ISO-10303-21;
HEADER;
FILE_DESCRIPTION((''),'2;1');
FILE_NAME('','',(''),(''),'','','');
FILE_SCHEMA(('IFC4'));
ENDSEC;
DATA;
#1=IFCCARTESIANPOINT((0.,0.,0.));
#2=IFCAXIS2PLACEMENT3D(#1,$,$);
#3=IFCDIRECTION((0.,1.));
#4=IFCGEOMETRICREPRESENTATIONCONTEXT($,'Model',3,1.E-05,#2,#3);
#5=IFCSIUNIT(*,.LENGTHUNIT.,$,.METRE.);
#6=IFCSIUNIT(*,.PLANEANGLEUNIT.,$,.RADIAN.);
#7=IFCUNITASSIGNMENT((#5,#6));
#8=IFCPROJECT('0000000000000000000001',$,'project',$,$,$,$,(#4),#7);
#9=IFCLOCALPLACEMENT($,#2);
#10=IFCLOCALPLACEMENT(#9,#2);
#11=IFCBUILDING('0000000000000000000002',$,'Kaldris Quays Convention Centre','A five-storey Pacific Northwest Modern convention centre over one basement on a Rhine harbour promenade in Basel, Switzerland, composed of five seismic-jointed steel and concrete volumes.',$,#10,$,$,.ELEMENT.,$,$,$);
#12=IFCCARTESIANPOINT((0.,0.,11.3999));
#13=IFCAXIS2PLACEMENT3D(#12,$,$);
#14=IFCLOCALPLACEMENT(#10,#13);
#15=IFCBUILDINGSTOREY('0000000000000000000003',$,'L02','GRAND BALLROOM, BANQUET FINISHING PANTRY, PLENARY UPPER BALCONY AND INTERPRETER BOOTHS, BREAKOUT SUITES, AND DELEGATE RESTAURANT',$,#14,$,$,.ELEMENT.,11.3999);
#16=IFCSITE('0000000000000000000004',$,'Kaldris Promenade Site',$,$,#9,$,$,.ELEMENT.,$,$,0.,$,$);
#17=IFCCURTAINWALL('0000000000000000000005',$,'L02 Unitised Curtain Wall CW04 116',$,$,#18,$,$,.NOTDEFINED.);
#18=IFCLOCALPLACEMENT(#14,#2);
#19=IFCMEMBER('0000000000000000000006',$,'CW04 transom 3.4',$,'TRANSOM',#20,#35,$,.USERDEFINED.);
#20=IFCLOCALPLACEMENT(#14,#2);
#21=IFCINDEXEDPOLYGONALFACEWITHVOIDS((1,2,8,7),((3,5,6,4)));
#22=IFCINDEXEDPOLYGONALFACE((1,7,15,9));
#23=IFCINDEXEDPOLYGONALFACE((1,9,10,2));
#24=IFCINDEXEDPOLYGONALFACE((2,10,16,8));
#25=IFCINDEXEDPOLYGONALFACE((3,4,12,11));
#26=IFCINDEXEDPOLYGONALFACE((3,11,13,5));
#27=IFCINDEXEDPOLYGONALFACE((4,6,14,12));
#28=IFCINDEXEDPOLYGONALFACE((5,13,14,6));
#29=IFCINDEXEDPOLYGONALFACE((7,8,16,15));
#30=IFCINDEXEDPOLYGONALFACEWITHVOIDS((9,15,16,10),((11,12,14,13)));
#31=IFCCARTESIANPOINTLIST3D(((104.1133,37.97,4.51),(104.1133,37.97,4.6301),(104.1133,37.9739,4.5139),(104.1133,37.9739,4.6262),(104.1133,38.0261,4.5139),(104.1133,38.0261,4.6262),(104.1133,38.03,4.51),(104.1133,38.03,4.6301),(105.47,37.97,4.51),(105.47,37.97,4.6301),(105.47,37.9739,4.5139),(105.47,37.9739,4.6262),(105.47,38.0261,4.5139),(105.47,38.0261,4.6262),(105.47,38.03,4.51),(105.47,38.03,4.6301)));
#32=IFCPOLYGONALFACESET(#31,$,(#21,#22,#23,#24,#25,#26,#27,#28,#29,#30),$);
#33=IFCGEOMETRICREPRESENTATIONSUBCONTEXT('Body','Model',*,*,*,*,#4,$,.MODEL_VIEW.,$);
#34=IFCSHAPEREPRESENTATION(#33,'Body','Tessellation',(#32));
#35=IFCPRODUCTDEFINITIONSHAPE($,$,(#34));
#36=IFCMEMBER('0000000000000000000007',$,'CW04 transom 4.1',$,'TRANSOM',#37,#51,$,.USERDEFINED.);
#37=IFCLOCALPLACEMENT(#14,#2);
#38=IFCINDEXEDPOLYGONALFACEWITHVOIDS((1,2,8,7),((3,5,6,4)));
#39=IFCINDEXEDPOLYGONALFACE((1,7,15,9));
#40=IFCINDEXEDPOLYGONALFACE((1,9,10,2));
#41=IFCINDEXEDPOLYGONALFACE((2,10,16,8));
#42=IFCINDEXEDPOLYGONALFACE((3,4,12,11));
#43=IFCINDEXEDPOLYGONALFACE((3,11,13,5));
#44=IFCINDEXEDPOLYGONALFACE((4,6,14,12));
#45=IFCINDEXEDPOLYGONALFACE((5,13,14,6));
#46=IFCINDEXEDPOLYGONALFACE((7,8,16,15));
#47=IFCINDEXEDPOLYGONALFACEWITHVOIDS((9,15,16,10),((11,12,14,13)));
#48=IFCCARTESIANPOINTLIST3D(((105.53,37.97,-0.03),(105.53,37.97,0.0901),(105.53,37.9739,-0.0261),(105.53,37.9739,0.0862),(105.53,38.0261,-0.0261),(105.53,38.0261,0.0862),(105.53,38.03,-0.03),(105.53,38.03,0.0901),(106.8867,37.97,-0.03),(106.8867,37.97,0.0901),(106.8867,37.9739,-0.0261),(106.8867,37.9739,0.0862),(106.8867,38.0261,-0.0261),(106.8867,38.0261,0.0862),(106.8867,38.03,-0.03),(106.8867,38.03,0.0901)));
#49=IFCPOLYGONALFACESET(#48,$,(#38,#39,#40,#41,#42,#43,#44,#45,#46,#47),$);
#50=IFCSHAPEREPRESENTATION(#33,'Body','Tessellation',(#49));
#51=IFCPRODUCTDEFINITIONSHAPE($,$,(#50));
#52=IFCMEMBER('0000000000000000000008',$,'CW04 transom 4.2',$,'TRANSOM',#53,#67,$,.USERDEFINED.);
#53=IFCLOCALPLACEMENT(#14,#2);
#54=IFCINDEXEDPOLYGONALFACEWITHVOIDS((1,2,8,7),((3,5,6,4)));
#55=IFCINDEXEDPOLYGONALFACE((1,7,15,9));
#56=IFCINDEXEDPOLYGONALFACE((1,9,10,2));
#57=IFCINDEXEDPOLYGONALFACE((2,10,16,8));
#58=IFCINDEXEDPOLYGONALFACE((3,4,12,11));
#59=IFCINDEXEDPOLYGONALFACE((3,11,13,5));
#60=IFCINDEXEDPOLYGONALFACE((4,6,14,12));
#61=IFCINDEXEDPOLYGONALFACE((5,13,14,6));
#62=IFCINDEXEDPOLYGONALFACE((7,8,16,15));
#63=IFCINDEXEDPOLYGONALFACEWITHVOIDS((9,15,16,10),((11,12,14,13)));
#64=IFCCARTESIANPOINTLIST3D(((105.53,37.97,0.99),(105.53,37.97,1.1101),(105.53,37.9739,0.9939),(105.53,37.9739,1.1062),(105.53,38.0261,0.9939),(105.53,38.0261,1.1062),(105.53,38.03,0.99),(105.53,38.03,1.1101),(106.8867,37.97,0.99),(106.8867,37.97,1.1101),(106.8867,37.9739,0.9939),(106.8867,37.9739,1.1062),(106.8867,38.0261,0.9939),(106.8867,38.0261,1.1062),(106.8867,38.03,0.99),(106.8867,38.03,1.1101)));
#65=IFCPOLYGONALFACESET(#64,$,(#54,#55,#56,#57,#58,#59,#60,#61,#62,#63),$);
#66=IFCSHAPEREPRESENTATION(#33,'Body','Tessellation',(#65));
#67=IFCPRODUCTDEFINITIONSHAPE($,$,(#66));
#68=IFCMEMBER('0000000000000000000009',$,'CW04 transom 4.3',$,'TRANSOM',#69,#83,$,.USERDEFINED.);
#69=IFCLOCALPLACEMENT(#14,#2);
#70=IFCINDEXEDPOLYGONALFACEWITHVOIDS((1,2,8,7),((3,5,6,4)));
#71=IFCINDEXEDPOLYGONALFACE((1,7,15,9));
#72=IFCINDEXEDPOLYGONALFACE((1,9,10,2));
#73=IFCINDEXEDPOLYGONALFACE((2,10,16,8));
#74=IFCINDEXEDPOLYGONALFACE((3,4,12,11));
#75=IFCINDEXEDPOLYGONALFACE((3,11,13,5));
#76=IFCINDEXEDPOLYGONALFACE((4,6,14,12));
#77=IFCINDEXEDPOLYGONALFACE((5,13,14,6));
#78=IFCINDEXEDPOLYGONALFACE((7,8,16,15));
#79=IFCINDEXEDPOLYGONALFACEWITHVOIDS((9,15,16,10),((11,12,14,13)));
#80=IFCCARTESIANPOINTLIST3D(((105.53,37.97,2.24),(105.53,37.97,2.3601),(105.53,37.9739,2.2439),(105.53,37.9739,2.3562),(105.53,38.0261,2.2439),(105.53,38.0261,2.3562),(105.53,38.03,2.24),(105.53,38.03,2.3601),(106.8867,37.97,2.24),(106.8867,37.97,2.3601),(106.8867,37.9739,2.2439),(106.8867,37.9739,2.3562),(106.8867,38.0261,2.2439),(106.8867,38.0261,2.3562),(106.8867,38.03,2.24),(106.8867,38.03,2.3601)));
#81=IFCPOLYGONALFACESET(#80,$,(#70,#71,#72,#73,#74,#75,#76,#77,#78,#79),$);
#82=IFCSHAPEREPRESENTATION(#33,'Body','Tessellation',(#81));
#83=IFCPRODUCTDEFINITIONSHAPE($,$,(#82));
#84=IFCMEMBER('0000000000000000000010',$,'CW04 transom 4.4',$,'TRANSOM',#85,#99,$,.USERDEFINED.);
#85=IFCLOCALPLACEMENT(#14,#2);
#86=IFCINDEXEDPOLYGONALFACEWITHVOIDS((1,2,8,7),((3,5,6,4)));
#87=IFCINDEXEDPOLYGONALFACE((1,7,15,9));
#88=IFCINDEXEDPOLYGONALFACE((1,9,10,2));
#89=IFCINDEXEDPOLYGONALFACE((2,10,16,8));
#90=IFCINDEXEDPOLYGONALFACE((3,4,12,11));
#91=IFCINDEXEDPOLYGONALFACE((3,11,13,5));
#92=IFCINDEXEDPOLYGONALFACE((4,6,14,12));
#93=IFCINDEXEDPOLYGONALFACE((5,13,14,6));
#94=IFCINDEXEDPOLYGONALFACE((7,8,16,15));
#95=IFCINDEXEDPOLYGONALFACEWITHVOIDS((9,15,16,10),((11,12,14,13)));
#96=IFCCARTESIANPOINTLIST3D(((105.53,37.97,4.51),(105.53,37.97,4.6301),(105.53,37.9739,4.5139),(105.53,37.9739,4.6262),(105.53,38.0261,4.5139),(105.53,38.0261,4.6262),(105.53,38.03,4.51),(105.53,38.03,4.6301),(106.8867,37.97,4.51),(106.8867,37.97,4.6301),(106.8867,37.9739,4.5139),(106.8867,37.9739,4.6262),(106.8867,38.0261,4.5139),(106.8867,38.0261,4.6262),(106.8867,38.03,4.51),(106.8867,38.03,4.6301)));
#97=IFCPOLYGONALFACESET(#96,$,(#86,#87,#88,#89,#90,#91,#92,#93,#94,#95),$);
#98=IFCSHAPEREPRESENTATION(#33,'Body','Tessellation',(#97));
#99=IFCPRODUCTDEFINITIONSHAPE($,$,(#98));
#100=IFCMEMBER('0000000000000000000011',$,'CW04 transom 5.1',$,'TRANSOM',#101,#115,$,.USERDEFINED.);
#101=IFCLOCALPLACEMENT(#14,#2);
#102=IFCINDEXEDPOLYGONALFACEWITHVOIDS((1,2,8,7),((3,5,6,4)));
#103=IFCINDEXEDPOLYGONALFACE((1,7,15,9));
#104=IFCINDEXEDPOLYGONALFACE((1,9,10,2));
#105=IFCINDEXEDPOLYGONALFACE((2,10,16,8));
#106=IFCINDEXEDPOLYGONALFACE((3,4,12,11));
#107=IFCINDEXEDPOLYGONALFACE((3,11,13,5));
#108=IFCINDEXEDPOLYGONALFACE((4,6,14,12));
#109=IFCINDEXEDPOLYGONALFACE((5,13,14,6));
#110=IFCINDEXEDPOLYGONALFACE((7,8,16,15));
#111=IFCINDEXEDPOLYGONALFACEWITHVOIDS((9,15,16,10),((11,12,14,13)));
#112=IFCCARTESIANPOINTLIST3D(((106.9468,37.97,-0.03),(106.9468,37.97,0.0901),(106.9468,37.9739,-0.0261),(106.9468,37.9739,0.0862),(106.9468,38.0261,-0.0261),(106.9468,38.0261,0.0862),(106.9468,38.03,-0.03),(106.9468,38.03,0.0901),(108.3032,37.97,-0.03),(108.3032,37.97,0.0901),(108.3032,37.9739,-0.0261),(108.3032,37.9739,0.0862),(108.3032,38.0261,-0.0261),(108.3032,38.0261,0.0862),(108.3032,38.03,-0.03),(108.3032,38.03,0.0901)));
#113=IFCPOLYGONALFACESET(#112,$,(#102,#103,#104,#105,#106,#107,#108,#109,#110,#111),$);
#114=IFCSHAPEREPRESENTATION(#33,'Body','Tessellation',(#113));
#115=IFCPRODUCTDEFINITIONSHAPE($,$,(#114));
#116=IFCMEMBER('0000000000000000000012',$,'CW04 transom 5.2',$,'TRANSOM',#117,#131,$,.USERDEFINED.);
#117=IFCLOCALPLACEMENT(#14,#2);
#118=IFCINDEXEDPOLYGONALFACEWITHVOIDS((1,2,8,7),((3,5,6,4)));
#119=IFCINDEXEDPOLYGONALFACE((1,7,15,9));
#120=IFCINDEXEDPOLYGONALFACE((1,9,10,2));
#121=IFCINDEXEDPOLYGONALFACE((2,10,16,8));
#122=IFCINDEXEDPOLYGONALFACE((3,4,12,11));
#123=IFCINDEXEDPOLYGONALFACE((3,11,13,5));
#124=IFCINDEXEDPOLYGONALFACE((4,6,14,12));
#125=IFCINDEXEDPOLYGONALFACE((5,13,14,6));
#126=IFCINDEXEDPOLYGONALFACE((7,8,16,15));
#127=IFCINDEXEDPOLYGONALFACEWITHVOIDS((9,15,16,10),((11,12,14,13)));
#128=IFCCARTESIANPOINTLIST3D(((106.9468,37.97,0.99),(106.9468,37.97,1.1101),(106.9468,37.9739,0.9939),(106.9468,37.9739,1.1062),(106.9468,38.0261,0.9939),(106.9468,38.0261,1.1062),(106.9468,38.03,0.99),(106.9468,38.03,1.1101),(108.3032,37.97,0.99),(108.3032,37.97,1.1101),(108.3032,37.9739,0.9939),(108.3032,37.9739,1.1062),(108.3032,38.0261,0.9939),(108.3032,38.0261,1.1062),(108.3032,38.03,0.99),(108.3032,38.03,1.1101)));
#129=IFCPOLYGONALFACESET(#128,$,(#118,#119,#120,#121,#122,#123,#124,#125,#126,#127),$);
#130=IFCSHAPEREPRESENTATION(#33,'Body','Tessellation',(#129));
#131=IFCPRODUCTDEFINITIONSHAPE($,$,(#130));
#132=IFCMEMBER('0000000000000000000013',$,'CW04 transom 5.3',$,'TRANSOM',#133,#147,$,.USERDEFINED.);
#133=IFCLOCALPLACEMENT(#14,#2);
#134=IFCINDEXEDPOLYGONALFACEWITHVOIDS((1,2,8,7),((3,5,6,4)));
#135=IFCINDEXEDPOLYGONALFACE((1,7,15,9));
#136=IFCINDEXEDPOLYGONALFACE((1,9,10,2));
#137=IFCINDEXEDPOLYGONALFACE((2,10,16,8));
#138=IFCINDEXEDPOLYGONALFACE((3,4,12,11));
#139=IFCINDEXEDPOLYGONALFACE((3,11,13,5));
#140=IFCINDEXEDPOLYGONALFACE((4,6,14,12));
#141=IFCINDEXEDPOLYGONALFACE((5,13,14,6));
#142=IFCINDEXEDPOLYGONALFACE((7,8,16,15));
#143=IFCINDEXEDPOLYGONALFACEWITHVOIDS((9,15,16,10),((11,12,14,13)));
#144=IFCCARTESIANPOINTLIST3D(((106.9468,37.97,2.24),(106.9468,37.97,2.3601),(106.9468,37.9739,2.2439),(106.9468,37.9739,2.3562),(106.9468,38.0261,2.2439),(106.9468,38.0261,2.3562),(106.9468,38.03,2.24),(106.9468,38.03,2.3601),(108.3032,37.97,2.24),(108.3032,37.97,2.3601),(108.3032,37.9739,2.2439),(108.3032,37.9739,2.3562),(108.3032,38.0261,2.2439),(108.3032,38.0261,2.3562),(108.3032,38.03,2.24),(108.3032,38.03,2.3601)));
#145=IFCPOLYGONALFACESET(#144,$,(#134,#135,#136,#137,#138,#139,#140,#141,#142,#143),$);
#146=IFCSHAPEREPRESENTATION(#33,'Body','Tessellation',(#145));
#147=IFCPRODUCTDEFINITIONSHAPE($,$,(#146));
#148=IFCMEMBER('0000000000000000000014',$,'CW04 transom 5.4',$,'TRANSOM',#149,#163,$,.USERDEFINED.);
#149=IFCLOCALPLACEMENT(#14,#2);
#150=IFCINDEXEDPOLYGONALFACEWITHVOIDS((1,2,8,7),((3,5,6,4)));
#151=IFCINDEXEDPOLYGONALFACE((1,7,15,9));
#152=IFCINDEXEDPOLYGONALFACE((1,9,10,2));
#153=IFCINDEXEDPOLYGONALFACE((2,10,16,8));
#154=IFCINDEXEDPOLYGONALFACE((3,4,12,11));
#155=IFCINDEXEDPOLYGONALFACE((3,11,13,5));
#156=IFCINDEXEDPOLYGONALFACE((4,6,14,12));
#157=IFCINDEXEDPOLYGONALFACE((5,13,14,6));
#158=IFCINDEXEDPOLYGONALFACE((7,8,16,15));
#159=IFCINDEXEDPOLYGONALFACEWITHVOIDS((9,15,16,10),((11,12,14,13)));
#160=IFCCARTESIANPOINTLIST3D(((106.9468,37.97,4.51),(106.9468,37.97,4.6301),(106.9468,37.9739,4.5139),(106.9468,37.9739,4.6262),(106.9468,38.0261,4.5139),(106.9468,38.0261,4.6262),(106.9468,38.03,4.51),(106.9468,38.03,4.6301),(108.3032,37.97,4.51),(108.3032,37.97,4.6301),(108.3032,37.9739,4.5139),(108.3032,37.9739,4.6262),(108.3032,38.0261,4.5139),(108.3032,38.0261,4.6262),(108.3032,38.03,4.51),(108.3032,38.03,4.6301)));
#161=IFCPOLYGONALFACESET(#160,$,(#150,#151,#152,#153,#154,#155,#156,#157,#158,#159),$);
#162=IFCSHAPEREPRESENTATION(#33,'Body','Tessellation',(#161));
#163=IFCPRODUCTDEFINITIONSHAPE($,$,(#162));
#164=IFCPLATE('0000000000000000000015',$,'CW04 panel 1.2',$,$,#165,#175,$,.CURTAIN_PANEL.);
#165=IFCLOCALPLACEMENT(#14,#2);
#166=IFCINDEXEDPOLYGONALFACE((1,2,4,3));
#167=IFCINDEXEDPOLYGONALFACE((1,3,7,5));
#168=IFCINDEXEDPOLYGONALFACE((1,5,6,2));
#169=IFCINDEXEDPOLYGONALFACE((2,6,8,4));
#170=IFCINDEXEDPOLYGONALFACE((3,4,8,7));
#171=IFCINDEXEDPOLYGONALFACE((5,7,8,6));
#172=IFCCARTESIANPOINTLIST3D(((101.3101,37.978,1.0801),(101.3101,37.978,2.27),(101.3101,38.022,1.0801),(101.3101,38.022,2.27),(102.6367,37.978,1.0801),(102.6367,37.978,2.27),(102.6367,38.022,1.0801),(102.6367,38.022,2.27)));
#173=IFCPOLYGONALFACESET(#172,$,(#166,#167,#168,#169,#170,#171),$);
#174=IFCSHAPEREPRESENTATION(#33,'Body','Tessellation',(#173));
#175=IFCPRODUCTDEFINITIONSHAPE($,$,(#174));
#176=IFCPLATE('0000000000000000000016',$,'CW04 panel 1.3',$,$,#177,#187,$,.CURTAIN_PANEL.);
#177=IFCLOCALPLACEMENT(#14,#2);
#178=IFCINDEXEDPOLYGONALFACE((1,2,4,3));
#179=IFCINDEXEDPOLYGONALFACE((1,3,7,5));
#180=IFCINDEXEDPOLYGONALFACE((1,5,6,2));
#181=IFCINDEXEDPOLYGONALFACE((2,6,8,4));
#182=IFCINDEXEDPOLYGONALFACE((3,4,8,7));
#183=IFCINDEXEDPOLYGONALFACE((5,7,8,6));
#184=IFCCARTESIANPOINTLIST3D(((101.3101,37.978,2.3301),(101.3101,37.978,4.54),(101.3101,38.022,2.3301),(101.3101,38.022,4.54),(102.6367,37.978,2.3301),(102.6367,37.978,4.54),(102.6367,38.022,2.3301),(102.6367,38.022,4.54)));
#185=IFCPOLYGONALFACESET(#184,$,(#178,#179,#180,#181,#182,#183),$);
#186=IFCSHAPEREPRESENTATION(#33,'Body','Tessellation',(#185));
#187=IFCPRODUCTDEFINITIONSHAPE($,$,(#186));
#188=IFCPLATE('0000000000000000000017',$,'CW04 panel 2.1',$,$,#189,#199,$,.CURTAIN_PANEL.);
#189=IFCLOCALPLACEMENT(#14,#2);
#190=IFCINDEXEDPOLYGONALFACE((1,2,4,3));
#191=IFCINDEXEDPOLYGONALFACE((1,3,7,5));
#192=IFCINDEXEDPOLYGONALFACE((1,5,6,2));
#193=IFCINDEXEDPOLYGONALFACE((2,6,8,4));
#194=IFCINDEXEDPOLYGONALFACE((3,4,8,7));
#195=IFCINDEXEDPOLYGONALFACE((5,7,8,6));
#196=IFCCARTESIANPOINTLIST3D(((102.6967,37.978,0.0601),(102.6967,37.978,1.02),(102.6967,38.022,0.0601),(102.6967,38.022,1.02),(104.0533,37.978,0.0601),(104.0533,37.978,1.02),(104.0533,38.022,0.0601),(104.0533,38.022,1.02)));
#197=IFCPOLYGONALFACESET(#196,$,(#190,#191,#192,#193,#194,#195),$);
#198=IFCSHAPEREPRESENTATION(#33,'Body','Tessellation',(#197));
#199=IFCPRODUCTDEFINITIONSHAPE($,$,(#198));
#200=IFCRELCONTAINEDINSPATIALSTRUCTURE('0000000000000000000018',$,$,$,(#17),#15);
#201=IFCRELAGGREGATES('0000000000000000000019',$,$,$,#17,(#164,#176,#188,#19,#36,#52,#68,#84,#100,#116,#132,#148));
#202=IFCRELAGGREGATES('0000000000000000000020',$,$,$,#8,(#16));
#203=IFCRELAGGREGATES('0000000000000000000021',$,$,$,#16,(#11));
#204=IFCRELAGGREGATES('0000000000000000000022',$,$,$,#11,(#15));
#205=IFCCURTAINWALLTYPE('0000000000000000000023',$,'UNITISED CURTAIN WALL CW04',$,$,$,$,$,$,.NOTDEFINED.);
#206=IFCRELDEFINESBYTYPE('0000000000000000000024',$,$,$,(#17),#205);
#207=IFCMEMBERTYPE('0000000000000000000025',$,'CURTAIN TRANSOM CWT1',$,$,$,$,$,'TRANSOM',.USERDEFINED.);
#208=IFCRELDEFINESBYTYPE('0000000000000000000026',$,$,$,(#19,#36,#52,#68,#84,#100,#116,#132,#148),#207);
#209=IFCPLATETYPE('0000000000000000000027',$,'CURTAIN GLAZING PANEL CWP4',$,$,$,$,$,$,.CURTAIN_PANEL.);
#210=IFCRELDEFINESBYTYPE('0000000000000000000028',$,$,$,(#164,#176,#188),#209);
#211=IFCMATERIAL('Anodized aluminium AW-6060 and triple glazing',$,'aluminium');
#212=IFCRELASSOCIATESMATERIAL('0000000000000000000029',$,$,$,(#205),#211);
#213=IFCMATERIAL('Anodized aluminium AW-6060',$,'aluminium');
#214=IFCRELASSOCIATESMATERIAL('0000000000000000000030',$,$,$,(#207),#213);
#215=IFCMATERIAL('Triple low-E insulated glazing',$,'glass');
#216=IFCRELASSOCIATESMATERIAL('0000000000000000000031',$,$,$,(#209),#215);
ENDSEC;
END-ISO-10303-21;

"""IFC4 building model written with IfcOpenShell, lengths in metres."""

from ifc_helpers import new_model, si_unit, direction, frame, origin, origin_2d, place, context, subcontext, project, spatial, rectangle, hollow_rectangle, extrude, material, material_profile, profile_set, type_object, element, aggregate, save


model = new_model("IFC4")

# Units and contexts
model_context = context("Model", 3, precision=1e-05, world=origin(), true_north=direction((0.0, 1.0)))
body_context = subcontext(model_context, "Body", "Model", "MODEL_VIEW")
ifc_project = project(units=[si_unit("LENGTHUNIT", "METRE"), si_unit("PLANEANGLEUNIT", "RADIAN")], contexts=[model_context])

# Site, building, storey
site_placement = place(None, origin())
site = spatial("IfcSite", under=ifc_project, at=site_placement, Name="Kaldris Promenade Site", CompositionType="ELEMENT", RefElevation=0.0)
building_placement = place(site_placement, origin())
building = spatial("IfcBuilding", under=site, at=building_placement, Name="Kaldris Quays Convention Centre", Description="A five-storey Pacific Northwest Modern convention centre over one basement on a Rhine harbour promenade in Basel, Switzerland, composed of five seismic-jointed steel and concrete volumes.", CompositionType="ELEMENT")
storey_placement = place(building_placement, frame((0.0, 0.0, 11.3999)))
storey = spatial("IfcBuildingStorey", under=building, at=storey_placement, Name="L02", Description="GRAND BALLROOM, BANQUET FINISHING PANTRY, PLENARY UPPER BALCONY AND INTERPRETER BOOTHS, BREAKOUT SUITES, AND DELEGATE RESTAURANT", CompositionType="ELEMENT", Elevation=11.3999)

# Curtain wall, members, plates
ifc_material_1 = material(Name="Anodized aluminium AW-6060 and triple glazing", Category="aluminium")
curtain_wall_type = type_object("IfcCurtainWallType", Name="UNITISED CURTAIN WALL CW04", PredefinedType="NOTDEFINED", material=ifc_material_1)
curtain_wall_placement = place(storey_placement, origin())
curtain_wall = element("IfcCurtainWall", 1, at=curtain_wall_placement, inside=storey, type_object=curtain_wall_type, Name="L02 Unitised Curtain Wall CW04 116", PredefinedType="NOTDEFINED")
ifc_material_2 = material(Name="Anodized aluminium AW-6060", Category="aluminium")
ifc_material_profile_1 = material_profile(ifc_material_2, hollow_rectangle(XDim=0.0601, YDim=0.1201, WallThickness=0.0039, at=origin_2d()), Name="RHS 120x60x4")
ifc_profile_set_1 = profile_set([ifc_material_profile_1], Name="Anodized aluminium AW-6060")
member_type_1 = type_object("IfcMemberType", Name="CURTAIN TRANSOM CWT1", ElementType="TRANSOM", PredefinedType="USERDEFINED", material=ifc_profile_set_1)
member_1_placement = place(storey_placement, frame((104.1133, 38.0, 4.5701), z_axis=(1.0, 0.0, 0.0), x_axis=(0.0, 1.0, 0.0)))
member_1 = element("IfcMember", 2, at=member_1_placement, type_object=member_type_1, Name="CW04 transom 3.4", ObjectType="TRANSOM", PredefinedType="USERDEFINED", context=body_context, shape_type="SweptSolid", body=[
    extrude(hollow_rectangle(XDim=0.0601, YDim=0.1201, WallThickness=0.0039, at=origin_2d()), origin(), (0.0, 0.0, 1.0), 1.3567),
])
member_2_placement = place(storey_placement, frame((105.53, 38.0, 0.03), z_axis=(1.0, 0.0, 0.0), x_axis=(0.0, 1.0, 0.0)))
member_2 = element("IfcMember", 3, at=member_2_placement, type_object=member_type_1, Name="CW04 transom 4.1", ObjectType="TRANSOM", PredefinedType="USERDEFINED", context=body_context, shape_type="SweptSolid", body=[
    extrude(hollow_rectangle(XDim=0.0601, YDim=0.1201, WallThickness=0.0039, at=origin_2d()), origin(), (0.0, 0.0, 1.0), 1.3567),
])
member_3_placement = place(storey_placement, frame((105.53, 38.0, 1.05), z_axis=(1.0, 0.0, 0.0), x_axis=(0.0, 1.0, 0.0)))
member_3 = element("IfcMember", 4, at=member_3_placement, type_object=member_type_1, Name="CW04 transom 4.2", ObjectType="TRANSOM", PredefinedType="USERDEFINED", context=body_context, shape_type="SweptSolid", body=[
    extrude(hollow_rectangle(XDim=0.0601, YDim=0.1201, WallThickness=0.0039, at=origin_2d()), origin(), (0.0, 0.0, 1.0), 1.3567),
])
member_4_placement = place(storey_placement, frame((105.53, 38.0, 2.3), z_axis=(1.0, 0.0, 0.0), x_axis=(0.0, 1.0, 0.0)))
member_4 = element("IfcMember", 5, at=member_4_placement, type_object=member_type_1, Name="CW04 transom 4.3", ObjectType="TRANSOM", PredefinedType="USERDEFINED", context=body_context, shape_type="SweptSolid", body=[
    extrude(hollow_rectangle(XDim=0.0601, YDim=0.1201, WallThickness=0.0039, at=origin_2d()), origin(), (0.0, 0.0, 1.0), 1.3567),
])
member_5_placement = place(storey_placement, frame((105.53, 38.0, 4.5701), z_axis=(1.0, 0.0, 0.0), x_axis=(0.0, 1.0, 0.0)))
member_5 = element("IfcMember", 6, at=member_5_placement, type_object=member_type_1, Name="CW04 transom 4.4", ObjectType="TRANSOM", PredefinedType="USERDEFINED", context=body_context, shape_type="SweptSolid", body=[
    extrude(hollow_rectangle(XDim=0.0601, YDim=0.1201, WallThickness=0.0039, at=origin_2d()), origin(), (0.0, 0.0, 1.0), 1.3567),
])
member_6_placement = place(storey_placement, frame((106.9468, 38.0, 0.03), z_axis=(1.0, 0.0, 0.0), x_axis=(0.0, 1.0, 0.0)))
member_6 = element("IfcMember", 7, at=member_6_placement, type_object=member_type_1, Name="CW04 transom 5.1", ObjectType="TRANSOM", PredefinedType="USERDEFINED", context=body_context, shape_type="SweptSolid", body=[
    extrude(hollow_rectangle(XDim=0.0601, YDim=0.1201, WallThickness=0.0039, at=origin_2d()), origin(), (0.0, 0.0, 1.0), 1.3564),
])
member_7_placement = place(storey_placement, frame((106.9468, 38.0, 1.05), z_axis=(1.0, 0.0, 0.0), x_axis=(0.0, 1.0, 0.0)))
member_7 = element("IfcMember", 8, at=member_7_placement, type_object=member_type_1, Name="CW04 transom 5.2", ObjectType="TRANSOM", PredefinedType="USERDEFINED", context=body_context, shape_type="SweptSolid", body=[
    extrude(hollow_rectangle(XDim=0.0601, YDim=0.1201, WallThickness=0.0039, at=origin_2d()), origin(), (0.0, 0.0, 1.0), 1.3564),
])
member_8_placement = place(storey_placement, frame((106.9468, 38.0, 2.3), z_axis=(1.0, 0.0, 0.0), x_axis=(0.0, 1.0, 0.0)))
member_8 = element("IfcMember", 9, at=member_8_placement, type_object=member_type_1, Name="CW04 transom 5.3", ObjectType="TRANSOM", PredefinedType="USERDEFINED", context=body_context, shape_type="SweptSolid", body=[
    extrude(hollow_rectangle(XDim=0.0601, YDim=0.1201, WallThickness=0.0039, at=origin_2d()), origin(), (0.0, 0.0, 1.0), 1.3564),
])
member_9_placement = place(storey_placement, frame((106.9468, 38.0, 4.5701), z_axis=(1.0, 0.0, 0.0), x_axis=(0.0, 1.0, 0.0)))
member_9 = element("IfcMember", 10, at=member_9_placement, type_object=member_type_1, Name="CW04 transom 5.4", ObjectType="TRANSOM", PredefinedType="USERDEFINED", context=body_context, shape_type="SweptSolid", body=[
    extrude(hollow_rectangle(XDim=0.0601, YDim=0.1201, WallThickness=0.0039, at=origin_2d()), origin(), (0.0, 0.0, 1.0), 1.3564),
])
ifc_material_3 = material(Name="Triple low-E insulated glazing", Category="glass")
plate_type = type_object("IfcPlateType", Name="CURTAIN GLAZING PANEL CWP4", PredefinedType="CURTAIN_PANEL", material=ifc_material_3)
plate_1_placement = place(storey_placement, frame((101.9734, 38.0, 1.0801), z_axis=(0.0, 0.0, 1.0), x_axis=(1.0, 0.0, 0.0)))
plate_1 = element("IfcPlate", 11, at=plate_1_placement, type_object=plate_type, Name="CW04 panel 1.2", PredefinedType="CURTAIN_PANEL", context=body_context, shape_type="SweptSolid", body=[
    extrude(rectangle(XDim=1.3267, YDim=0.0439, at=origin_2d()), origin(), (0.0, 0.0, 1.0), 1.1899),
])
plate_2_placement = place(storey_placement, frame((101.9734, 38.0, 2.3301), z_axis=(0.0, 0.0, 1.0), x_axis=(1.0, 0.0, 0.0)))
plate_2 = element("IfcPlate", 12, at=plate_2_placement, type_object=plate_type, Name="CW04 panel 1.3", PredefinedType="CURTAIN_PANEL", context=body_context, shape_type="SweptSolid", body=[
    extrude(rectangle(XDim=1.3267, YDim=0.0439, at=origin_2d()), origin(), (0.0, 0.0, 1.0), 2.21),
])
plate_3_placement = place(storey_placement, frame((103.375, 38.0, 0.0601), z_axis=(0.0, 0.0, 1.0), x_axis=(1.0, 0.0, 0.0)))
plate_3 = element("IfcPlate", 13, at=plate_3_placement, type_object=plate_type, Name="CW04 panel 2.1", PredefinedType="CURTAIN_PANEL", context=body_context, shape_type="SweptSolid", body=[
    extrude(rectangle(XDim=1.3567, YDim=0.0439, at=origin_2d()), origin(), (0.0, 0.0, 1.0), 0.96),
])
aggregate(curtain_wall, [plate_1, plate_2, plate_3, member_1, member_2, member_3, member_4, member_5, member_6, member_7, member_8, member_9])

save(model, "model.ifc")
